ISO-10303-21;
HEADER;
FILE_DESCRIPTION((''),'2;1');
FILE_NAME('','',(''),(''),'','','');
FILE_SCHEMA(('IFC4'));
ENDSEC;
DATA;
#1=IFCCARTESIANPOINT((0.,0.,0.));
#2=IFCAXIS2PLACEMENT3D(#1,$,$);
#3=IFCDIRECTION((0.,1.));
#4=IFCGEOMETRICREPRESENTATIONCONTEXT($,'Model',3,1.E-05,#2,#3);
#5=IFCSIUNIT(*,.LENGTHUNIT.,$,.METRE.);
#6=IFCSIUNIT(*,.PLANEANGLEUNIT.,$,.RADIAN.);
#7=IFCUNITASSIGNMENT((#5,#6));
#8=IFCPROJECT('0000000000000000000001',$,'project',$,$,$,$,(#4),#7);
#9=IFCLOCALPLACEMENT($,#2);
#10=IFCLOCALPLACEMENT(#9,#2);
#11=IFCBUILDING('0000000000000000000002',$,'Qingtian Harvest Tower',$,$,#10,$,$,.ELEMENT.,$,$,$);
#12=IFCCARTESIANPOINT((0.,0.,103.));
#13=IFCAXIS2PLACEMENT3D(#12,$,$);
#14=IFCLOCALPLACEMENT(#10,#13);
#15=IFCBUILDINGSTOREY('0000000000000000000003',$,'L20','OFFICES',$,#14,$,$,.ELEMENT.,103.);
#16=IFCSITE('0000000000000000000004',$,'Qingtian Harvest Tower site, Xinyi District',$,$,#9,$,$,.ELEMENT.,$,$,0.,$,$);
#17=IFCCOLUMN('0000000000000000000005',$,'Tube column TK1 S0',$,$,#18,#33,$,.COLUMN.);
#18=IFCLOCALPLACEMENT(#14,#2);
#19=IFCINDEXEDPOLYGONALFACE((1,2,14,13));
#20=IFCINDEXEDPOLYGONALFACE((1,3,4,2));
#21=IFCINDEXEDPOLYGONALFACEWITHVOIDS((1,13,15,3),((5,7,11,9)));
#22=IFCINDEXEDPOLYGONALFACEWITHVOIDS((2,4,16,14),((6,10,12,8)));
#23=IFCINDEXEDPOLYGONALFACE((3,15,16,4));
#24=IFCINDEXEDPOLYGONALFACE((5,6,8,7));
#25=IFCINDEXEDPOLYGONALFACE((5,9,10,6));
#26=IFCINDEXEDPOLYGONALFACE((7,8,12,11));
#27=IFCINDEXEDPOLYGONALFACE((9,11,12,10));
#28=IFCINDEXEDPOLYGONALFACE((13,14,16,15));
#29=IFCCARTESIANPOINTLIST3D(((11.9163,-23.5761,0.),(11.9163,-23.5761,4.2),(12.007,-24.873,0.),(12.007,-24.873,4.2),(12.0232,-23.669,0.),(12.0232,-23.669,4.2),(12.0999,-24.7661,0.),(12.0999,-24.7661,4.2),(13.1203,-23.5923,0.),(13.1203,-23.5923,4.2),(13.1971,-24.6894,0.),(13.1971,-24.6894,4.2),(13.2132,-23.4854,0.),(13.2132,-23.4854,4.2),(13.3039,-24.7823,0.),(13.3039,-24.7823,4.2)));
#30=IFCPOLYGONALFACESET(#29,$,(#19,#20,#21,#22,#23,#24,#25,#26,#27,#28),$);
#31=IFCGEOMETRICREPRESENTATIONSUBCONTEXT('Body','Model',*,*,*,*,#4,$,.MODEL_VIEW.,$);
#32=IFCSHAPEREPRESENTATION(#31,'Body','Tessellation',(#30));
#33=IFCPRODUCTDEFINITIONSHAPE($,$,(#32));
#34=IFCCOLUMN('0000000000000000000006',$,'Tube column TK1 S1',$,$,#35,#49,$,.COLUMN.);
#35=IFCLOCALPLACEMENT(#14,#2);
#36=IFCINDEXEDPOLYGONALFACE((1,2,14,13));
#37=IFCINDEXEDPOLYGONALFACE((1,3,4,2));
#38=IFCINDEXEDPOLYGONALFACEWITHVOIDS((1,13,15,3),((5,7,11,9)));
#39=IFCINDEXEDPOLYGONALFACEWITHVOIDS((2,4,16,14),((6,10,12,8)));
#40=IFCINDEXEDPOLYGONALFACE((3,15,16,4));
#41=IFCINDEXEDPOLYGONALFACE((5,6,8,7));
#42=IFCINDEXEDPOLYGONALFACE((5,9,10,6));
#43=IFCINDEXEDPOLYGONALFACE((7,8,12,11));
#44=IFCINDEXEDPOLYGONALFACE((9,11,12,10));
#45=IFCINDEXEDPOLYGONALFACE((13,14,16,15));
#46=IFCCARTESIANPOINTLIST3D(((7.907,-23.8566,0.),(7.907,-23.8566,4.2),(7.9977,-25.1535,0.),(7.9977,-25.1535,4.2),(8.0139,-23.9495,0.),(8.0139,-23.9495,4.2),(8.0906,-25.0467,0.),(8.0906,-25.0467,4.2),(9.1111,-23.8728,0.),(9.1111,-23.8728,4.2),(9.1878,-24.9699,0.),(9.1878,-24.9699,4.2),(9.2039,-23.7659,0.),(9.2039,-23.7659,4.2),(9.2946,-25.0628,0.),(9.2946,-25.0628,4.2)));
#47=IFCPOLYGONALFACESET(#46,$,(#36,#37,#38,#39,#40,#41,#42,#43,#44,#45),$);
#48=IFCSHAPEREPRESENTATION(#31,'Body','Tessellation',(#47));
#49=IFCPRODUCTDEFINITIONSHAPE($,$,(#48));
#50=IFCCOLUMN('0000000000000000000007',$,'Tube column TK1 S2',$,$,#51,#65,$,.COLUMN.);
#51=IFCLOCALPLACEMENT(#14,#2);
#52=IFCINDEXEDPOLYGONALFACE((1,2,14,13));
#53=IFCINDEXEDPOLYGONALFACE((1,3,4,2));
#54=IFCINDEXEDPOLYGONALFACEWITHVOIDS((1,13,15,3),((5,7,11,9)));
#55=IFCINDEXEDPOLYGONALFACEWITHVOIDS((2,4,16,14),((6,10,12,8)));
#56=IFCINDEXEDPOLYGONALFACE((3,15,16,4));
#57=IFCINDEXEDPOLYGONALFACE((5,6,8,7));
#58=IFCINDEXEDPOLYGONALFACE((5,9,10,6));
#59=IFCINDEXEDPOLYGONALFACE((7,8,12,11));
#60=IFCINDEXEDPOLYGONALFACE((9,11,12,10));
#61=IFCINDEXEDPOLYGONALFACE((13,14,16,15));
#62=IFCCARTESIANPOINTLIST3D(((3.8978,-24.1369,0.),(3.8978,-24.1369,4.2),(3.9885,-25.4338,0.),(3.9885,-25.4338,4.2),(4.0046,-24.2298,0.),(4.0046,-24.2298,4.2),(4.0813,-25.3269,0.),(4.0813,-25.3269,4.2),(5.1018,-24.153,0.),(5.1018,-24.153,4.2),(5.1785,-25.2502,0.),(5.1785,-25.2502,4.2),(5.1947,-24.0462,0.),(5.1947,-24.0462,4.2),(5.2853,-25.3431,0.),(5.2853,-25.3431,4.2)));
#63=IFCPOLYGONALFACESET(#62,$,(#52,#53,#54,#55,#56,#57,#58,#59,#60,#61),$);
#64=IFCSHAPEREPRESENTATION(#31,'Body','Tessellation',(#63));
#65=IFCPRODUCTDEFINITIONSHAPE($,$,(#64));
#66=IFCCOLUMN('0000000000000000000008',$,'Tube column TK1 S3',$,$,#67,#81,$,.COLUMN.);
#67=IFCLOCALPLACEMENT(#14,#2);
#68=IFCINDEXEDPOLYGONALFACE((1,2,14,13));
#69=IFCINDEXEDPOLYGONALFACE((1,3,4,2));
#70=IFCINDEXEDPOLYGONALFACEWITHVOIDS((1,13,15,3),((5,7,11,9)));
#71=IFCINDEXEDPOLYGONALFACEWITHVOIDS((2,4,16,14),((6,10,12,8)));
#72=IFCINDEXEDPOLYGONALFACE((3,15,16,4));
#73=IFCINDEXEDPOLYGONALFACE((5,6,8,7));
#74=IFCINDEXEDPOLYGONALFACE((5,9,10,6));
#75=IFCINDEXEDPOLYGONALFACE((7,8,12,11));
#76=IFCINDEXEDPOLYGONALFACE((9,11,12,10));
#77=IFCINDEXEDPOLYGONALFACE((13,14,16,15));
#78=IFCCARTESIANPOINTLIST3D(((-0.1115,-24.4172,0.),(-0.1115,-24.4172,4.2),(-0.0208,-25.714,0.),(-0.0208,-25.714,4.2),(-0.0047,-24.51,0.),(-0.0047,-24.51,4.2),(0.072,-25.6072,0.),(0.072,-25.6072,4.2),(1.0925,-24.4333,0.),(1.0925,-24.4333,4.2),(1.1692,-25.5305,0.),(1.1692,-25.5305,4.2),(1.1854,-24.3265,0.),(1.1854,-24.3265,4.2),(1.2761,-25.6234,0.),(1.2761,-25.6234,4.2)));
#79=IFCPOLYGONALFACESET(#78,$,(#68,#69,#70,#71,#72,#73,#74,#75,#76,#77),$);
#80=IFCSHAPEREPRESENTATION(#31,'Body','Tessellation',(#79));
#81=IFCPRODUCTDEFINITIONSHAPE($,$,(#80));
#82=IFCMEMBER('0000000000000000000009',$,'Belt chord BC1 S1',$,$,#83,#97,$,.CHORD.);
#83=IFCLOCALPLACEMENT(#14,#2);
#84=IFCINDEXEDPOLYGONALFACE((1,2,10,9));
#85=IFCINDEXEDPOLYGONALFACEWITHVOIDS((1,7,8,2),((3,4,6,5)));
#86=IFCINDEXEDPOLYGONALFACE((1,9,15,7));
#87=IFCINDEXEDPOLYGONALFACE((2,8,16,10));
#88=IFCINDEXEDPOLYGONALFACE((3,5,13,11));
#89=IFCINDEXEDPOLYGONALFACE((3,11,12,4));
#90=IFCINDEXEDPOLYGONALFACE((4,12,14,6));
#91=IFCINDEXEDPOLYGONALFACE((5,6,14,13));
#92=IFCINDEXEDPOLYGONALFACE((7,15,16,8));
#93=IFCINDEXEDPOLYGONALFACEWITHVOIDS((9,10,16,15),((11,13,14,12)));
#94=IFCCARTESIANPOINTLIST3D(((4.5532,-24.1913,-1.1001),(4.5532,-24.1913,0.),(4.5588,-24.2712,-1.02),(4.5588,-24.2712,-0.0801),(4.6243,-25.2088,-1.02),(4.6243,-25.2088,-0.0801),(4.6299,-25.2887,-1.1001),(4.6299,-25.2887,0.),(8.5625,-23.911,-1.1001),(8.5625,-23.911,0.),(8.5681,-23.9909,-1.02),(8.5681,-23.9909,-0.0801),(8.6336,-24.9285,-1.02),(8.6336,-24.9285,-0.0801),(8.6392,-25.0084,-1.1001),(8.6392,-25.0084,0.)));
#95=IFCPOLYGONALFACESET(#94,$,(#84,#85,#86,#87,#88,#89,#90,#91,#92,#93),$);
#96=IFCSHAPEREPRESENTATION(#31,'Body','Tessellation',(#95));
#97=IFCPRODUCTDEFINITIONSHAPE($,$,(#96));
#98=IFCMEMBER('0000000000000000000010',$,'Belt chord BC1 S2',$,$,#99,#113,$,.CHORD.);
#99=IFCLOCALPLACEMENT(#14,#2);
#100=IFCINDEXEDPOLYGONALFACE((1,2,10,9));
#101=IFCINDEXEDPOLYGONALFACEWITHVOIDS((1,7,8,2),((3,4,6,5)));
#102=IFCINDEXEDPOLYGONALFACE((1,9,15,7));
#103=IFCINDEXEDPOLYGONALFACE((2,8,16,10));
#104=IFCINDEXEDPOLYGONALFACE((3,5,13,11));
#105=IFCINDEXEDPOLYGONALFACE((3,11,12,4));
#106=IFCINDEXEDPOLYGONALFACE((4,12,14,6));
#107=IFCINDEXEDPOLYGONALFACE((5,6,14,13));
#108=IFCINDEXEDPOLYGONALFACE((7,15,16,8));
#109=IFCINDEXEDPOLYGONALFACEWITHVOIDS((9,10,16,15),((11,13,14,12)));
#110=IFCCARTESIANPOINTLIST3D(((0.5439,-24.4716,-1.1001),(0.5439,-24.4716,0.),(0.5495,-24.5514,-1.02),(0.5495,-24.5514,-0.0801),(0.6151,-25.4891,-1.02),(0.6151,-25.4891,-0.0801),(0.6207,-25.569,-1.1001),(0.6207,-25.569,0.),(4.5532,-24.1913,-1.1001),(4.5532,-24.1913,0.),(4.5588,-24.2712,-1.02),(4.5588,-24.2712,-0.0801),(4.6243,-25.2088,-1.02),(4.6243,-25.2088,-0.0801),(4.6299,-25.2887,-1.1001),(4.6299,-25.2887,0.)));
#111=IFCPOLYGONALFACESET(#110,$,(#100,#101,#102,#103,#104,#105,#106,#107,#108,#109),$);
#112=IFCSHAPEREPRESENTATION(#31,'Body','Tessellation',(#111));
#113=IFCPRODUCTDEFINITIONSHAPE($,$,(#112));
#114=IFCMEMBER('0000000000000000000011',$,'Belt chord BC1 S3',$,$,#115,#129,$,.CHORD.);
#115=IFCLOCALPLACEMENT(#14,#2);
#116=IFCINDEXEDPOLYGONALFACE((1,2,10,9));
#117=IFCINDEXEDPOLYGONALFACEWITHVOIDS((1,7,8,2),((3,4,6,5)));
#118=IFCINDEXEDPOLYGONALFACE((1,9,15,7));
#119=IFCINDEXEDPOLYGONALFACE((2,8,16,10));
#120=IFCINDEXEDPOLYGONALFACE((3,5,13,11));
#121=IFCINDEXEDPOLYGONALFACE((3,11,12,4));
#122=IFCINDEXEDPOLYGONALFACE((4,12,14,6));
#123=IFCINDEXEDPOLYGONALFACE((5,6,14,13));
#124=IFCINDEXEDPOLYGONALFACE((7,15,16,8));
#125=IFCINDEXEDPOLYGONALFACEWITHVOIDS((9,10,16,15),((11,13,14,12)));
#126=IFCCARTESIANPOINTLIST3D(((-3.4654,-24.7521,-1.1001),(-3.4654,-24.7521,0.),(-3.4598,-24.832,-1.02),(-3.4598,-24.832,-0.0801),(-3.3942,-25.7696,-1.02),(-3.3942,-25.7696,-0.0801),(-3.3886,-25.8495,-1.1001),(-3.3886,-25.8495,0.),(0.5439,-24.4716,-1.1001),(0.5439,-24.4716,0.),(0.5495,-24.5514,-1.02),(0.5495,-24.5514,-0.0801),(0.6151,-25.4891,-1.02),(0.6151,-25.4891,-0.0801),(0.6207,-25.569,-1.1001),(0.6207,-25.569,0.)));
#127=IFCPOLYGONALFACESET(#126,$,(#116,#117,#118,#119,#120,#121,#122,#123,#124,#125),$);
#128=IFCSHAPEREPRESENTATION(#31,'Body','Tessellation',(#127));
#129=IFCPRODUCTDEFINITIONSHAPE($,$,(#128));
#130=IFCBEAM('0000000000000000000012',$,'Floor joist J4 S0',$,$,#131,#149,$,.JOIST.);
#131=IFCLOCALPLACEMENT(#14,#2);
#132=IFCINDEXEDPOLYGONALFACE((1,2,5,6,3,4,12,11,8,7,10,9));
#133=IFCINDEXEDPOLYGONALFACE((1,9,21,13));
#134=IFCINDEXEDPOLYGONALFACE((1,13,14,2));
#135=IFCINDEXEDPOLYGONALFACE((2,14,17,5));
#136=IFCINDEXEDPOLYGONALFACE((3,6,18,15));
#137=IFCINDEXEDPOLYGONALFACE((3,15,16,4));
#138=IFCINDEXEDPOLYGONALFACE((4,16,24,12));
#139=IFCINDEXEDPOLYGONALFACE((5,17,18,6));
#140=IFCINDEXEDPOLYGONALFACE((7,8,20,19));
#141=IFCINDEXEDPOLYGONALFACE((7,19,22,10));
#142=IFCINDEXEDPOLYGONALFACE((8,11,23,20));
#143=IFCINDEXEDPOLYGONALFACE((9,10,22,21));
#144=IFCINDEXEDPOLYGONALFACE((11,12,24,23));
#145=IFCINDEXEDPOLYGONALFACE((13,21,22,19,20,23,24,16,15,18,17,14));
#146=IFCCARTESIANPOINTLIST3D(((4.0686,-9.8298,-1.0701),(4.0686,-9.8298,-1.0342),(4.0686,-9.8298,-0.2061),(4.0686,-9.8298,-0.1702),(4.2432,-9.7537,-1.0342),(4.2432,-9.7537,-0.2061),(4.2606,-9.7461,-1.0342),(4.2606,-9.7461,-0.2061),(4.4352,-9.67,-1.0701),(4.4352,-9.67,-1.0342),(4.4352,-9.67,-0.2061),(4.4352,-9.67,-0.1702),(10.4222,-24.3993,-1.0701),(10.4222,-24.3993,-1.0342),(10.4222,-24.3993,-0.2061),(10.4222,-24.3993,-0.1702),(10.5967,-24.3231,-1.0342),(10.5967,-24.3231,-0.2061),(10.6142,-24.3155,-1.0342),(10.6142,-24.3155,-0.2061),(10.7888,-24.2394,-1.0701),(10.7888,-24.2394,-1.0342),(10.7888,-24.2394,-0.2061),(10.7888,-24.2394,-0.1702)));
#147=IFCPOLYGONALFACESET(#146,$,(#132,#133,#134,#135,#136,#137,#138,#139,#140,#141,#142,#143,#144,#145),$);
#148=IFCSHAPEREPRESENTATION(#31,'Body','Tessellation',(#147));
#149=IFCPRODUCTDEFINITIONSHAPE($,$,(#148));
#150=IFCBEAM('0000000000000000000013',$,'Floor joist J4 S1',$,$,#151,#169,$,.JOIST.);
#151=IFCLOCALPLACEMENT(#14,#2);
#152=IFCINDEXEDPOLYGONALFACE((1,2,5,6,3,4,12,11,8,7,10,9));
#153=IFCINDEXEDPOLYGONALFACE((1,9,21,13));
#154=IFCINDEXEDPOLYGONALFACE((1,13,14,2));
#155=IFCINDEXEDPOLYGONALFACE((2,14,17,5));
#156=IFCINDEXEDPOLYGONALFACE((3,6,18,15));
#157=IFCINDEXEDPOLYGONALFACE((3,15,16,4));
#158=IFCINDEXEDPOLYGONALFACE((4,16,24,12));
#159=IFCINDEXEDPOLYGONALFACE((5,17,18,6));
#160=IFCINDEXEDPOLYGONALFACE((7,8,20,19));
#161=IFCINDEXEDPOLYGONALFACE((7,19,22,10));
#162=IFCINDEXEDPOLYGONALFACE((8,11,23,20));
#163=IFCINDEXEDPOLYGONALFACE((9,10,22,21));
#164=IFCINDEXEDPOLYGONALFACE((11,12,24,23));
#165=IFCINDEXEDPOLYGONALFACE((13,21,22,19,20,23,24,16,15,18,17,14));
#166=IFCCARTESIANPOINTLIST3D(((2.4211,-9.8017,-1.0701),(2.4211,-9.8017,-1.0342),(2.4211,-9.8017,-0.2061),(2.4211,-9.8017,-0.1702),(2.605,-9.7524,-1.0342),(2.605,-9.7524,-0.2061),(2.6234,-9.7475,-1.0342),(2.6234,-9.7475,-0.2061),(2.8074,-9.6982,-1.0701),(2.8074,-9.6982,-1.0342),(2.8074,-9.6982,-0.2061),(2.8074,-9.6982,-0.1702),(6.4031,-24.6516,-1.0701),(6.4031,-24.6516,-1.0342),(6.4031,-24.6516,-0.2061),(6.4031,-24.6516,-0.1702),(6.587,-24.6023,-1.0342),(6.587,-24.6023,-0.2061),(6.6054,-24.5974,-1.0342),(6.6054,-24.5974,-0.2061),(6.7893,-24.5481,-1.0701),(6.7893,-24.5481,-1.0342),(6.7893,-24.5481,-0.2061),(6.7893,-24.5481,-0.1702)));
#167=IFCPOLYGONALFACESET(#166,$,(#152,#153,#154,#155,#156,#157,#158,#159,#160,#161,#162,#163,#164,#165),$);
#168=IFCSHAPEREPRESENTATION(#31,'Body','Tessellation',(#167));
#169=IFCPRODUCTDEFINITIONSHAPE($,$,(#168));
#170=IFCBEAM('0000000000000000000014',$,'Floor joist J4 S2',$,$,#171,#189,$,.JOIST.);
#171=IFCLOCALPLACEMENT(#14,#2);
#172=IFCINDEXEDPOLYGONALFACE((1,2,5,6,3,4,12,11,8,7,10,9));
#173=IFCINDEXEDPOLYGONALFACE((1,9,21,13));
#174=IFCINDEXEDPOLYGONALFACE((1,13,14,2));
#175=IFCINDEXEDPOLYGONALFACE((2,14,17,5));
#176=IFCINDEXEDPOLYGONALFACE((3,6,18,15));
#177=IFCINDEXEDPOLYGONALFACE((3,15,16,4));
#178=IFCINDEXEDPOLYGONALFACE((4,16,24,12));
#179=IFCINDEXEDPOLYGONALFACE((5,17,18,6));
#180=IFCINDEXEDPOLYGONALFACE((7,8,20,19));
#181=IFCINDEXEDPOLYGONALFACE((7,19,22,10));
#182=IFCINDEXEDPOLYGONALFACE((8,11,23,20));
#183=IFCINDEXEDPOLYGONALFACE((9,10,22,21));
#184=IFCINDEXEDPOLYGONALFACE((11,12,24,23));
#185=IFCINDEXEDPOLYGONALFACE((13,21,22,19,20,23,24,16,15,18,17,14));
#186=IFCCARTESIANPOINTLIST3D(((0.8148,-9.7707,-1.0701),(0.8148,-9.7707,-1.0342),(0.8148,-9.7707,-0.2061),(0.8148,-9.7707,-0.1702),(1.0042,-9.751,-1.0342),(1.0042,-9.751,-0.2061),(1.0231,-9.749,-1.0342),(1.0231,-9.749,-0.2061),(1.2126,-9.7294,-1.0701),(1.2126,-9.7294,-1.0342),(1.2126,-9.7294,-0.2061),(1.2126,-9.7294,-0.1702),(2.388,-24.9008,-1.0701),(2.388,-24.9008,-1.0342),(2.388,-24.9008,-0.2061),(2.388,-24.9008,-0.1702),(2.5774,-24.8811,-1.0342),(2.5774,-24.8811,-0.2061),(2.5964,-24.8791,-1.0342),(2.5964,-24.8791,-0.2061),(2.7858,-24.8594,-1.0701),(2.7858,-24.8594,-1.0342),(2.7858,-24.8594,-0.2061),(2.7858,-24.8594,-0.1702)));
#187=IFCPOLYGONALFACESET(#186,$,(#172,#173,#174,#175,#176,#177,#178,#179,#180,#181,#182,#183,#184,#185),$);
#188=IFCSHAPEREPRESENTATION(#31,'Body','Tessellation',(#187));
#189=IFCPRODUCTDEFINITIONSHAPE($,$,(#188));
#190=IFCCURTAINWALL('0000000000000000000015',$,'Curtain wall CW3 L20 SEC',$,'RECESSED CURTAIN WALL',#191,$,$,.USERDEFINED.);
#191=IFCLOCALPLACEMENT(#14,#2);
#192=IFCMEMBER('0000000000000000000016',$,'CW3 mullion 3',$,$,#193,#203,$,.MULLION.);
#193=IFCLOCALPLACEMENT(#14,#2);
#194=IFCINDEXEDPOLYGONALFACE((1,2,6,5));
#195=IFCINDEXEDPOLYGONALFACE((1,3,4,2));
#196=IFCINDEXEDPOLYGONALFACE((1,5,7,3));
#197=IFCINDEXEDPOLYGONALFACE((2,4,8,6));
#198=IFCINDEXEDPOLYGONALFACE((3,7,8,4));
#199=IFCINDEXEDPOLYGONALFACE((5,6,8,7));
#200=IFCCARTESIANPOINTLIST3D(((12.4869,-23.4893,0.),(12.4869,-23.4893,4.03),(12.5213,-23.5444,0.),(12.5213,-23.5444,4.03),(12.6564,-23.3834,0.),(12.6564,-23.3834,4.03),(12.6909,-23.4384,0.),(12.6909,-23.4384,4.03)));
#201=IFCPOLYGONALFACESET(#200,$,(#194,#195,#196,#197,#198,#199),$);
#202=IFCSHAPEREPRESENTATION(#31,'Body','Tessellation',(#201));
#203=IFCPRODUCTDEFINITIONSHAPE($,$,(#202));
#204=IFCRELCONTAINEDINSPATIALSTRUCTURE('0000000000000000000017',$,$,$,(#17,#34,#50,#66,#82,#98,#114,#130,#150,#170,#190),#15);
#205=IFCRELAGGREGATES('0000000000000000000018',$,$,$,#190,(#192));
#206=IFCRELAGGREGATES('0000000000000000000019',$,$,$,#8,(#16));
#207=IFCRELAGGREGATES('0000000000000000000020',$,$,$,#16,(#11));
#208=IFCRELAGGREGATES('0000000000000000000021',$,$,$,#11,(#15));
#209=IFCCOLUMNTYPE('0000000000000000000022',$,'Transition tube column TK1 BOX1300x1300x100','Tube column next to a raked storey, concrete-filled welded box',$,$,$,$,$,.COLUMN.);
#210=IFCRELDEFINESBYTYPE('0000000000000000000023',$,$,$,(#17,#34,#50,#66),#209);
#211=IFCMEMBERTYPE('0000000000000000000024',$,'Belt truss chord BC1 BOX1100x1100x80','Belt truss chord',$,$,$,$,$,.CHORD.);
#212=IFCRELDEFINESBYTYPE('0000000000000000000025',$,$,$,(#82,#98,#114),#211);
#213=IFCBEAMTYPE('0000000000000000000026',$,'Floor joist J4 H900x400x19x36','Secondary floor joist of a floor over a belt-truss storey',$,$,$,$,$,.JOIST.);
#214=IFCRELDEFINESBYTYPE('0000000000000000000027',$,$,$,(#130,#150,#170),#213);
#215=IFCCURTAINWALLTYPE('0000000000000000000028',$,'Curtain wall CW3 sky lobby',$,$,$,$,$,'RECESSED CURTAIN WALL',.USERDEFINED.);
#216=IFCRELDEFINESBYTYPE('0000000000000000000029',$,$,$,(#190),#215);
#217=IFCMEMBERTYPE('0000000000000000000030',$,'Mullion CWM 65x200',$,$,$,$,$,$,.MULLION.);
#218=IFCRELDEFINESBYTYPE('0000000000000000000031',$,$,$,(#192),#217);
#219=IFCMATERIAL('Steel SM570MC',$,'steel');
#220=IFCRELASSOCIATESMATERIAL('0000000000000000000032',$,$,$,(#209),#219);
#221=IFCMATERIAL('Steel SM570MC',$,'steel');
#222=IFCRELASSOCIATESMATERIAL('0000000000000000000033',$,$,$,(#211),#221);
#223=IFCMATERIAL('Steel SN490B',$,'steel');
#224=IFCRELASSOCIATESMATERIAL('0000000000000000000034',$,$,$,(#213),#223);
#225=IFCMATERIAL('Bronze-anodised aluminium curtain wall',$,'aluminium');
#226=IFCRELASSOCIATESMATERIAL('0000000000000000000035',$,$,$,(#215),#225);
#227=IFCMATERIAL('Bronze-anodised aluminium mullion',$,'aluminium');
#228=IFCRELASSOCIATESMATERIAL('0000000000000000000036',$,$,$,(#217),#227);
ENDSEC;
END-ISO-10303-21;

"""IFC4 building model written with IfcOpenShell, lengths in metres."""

from ifc_helpers import new_model, si_unit, direction, frame, origin, origin_2d, place, context, subcontext, project, spatial, rectangle, hollow_rectangle, i_section, extrude, material, material_profile, profile_set, type_object, element, aggregate, save


model = new_model("IFC4")

# Units and contexts
model_context = context("Model", 3, precision=1e-05, world=origin(), true_north=direction((0.0, 1.0)))
body_context = subcontext(model_context, "Body", "Model", "MODEL_VIEW")
ifc_project = project(units=[si_unit("LENGTHUNIT", "METRE"), si_unit("PLANEANGLEUNIT", "RADIAN")], contexts=[model_context])

# Site, building, storey
site_placement = place(None, origin())
site = spatial("IfcSite", under=ifc_project, at=site_placement, Name="Qingtian Harvest Tower site, Xinyi District", CompositionType="ELEMENT", RefElevation=0.0)
building_placement = place(site_placement, origin())
building = spatial("IfcBuilding", under=site, at=building_placement, Name="Qingtian Harvest Tower", CompositionType="ELEMENT")
storey_placement = place(building_placement, frame((0.0, 0.0, 103.0)))
storey = spatial("IfcBuildingStorey", under=building, at=storey_placement, Name="L20", Description="OFFICES", CompositionType="ELEMENT", Elevation=103.0)

# Columns
ifc_material_1 = material(Name="Steel SM570MC", Category="steel")
ifc_material_profile_1 = material_profile(ifc_material_1, hollow_rectangle(XDim=1.3, YDim=1.3, WallThickness=0.1001, at=origin_2d()), Name="BOX1300x1300x100")
ifc_profile_set_1 = profile_set([ifc_material_profile_1], Name="Steel SM570MC")
column_type = type_object("IfcColumnType", Name="Transition tube column TK1 BOX1300x1300x100", Description="Tube column next to a raked storey, concrete-filled welded box", PredefinedType="COLUMN", material=ifc_profile_set_1)
for number, where, z_axis, x_axis, name in (
    (1, (12.6101, -24.1792, 0.0), (0.0, 0.0, 1.0), (0.997564, 0.069756, 0.0), "Tube column TK1 S0"),
    (2, (8.6008, -24.4597, 0.0), (0.0, 0.0, 1.0), (0.997564, 0.069756, 0.0), "Tube column TK1 S1"),
    (3, (4.5916, -24.74, 0.0), (0.0, 0.0, 1.0), (0.997564, 0.069756, 0.0), "Tube column TK1 S2"),
    (4, (0.5823, -25.0203, 0.0), (0.0, 0.0, 1.0), (0.997564, 0.069756, 0.0), "Tube column TK1 S3"),
):
    element("IfcColumn", number, at=place(storey_placement, frame(where, z_axis=z_axis, x_axis=x_axis)), inside=storey, type_object=column_type, Name=name, PredefinedType="COLUMN", context=body_context, shape_type="SweptSolid", body=[
        extrude(hollow_rectangle(XDim=1.3, YDim=1.3, WallThickness=0.1001, at=origin_2d()), origin(), (0.0, 0.0, 1.0), 4.2),
    ])

# Members
ifc_material_2 = material(Name="Steel SM570MC", Category="steel")
ifc_material_profile_2 = material_profile(ifc_material_2, hollow_rectangle(XDim=1.1001, YDim=1.1001, WallThickness=0.0801, at=origin_2d()), Name="BOX1100x1100x80")
ifc_profile_set_2 = profile_set([ifc_material_profile_2], Name="Steel SM570MC")
member_type_1 = type_object("IfcMemberType", Name="Belt truss chord BC1 BOX1100x1100x80", Description="Belt truss chord", PredefinedType="CHORD", material=ifc_profile_set_2)
for number, where, z_axis, x_axis, name in (
    (5, (8.6008, -24.4597, -0.55), (-0.997565, -0.069736, 0.0), (0.069736, -0.997565, 0.0), "Belt chord BC1 S1"),
    (6, (4.5916, -24.74, -0.55), (-0.997565, -0.069736, 0.0), (0.069736, -0.997565, 0.0), "Belt chord BC1 S2"),
    (7, (0.5823, -25.0203, -0.55), (-0.997561, -0.069796, 0.0), (0.069796, -0.997561, 0.0), "Belt chord BC1 S3"),
):
    element("IfcMember", number, at=place(storey_placement, frame(where, z_axis=z_axis, x_axis=x_axis)), inside=storey, type_object=member_type_1, Name=name, PredefinedType="CHORD", context=body_context, shape_type="SweptSolid", body=[
        extrude(hollow_rectangle(XDim=1.1001, YDim=1.1001, WallThickness=0.0801, at=origin_2d()), origin(), (0.0, 0.0, 1.0), 4.019),
    ])

# Beams
ifc_material_3 = material(Name="Steel SN490B", Category="steel")
ifc_material_profile_3 = material_profile(ifc_material_3, i_section(OverallWidth=0.3999, OverallDepth=0.8999, WebThickness=0.019, FlangeThickness=0.0359, at=origin_2d()), Name="H900x400x19x36")
ifc_profile_set_3 = profile_set([ifc_material_profile_3], Name="Steel SN490B")
beam_type_1 = type_object("IfcBeamType", Name="Floor joist J4 H900x400x19x36", Description="Secondary floor joist of a floor over a belt-truss storey", PredefinedType="JOIST", material=ifc_profile_set_3)
beam_1_placement = place(storey_placement, frame((10.6055, -24.3193, -0.6201), z_axis=(-0.399732, 0.916632, 0.0), x_axis=(-0.916632, -0.399732, 0.0)))
element("IfcBeam", 8, at=beam_1_placement, inside=storey, type_object=beam_type_1, Name="Floor joist J4 S0", PredefinedType="JOIST", context=body_context, shape_type="SweptSolid", body=[
    extrude(i_section(OverallWidth=0.3999, OverallDepth=0.8999, WebThickness=0.019, FlangeThickness=0.0359, at=origin_2d()), origin(), (0.0, 0.0, 1.0), 15.8945),
])
beam_2_placement = place(storey_placement, frame((6.5962, -24.5999, -0.6201), z_axis=(-0.258997, 0.965878, 0.0), x_axis=(-0.965878, -0.258997, 0.0)))
element("IfcBeam", 9, at=beam_2_placement, inside=storey, type_object=beam_type_1, Name="Floor joist J4 S1", PredefinedType="JOIST", context=body_context, shape_type="SweptSolid", body=[
    extrude(i_section(OverallWidth=0.3999, OverallDepth=0.8999, WebThickness=0.019, FlangeThickness=0.0359, at=origin_2d()), origin(), (0.0, 0.0, 1.0), 15.3745),
])
beam_3_placement = place(storey_placement, frame((2.5869, -24.8801, -0.6201), z_axis=(-0.103423, 0.994637, 0.0), x_axis=(-0.994637, -0.103423, 0.0)))
element("IfcBeam", 10, at=beam_3_placement, inside=storey, type_object=beam_type_1, Name="Floor joist J4 S2", PredefinedType="JOIST", context=body_context, shape_type="SweptSolid", body=[
    extrude(i_section(OverallWidth=0.3999, OverallDepth=0.8999, WebThickness=0.019, FlangeThickness=0.0359, at=origin_2d()), origin(), (0.0, 0.0, 1.0), 15.2117),
])

# Curtain wall, member
ifc_material_4 = material(Name="Bronze-anodised aluminium curtain wall", Category="aluminium")
curtain_wall_type = type_object("IfcCurtainWallType", Name="Curtain wall CW3 sky lobby", ElementType="RECESSED CURTAIN WALL", PredefinedType="USERDEFINED", material=ifc_material_4)
curtain_wall_1_placement = place(storey_placement, origin())
curtain_wall_1 = element("IfcCurtainWall", 11, at=curtain_wall_1_placement, inside=storey, type_object=curtain_wall_type, Name="Curtain wall CW3 L20 SEC", ObjectType="RECESSED CURTAIN WALL", PredefinedType="USERDEFINED")
ifc_material_5 = material(Name="Bronze-anodised aluminium mullion", Category="aluminium")
ifc_material_profile_4 = material_profile(ifc_material_5, rectangle(XDim=0.0649, YDim=0.2, at=origin_2d()), Name="AL 65x200")
ifc_profile_set_4 = profile_set([ifc_material_profile_4], Name="Bronze-anodised aluminium mullion")
member_type_2 = type_object("IfcMemberType", Name="Mullion CWM 65x200", PredefinedType="MULLION", material=ifc_profile_set_4)
member_1_placement = place(storey_placement, frame((12.5889, -23.4639, 0.0), z_axis=(0.0, 0.0, 1.0), x_axis=(0.529919, -0.848048, 0.0)))
member_1 = element("IfcMember", 12, at=member_1_placement, type_object=member_type_2, Name="CW3 mullion 3", PredefinedType="MULLION", context=body_context, shape_type="SweptSolid", body=[
    extrude(rectangle(XDim=0.0649, YDim=0.2, at=origin_2d()), origin(), (0.0, 0.0, 1.0), 4.03),
])
aggregate(curtain_wall_1, [member_1])

save(model, "model.ifc")
